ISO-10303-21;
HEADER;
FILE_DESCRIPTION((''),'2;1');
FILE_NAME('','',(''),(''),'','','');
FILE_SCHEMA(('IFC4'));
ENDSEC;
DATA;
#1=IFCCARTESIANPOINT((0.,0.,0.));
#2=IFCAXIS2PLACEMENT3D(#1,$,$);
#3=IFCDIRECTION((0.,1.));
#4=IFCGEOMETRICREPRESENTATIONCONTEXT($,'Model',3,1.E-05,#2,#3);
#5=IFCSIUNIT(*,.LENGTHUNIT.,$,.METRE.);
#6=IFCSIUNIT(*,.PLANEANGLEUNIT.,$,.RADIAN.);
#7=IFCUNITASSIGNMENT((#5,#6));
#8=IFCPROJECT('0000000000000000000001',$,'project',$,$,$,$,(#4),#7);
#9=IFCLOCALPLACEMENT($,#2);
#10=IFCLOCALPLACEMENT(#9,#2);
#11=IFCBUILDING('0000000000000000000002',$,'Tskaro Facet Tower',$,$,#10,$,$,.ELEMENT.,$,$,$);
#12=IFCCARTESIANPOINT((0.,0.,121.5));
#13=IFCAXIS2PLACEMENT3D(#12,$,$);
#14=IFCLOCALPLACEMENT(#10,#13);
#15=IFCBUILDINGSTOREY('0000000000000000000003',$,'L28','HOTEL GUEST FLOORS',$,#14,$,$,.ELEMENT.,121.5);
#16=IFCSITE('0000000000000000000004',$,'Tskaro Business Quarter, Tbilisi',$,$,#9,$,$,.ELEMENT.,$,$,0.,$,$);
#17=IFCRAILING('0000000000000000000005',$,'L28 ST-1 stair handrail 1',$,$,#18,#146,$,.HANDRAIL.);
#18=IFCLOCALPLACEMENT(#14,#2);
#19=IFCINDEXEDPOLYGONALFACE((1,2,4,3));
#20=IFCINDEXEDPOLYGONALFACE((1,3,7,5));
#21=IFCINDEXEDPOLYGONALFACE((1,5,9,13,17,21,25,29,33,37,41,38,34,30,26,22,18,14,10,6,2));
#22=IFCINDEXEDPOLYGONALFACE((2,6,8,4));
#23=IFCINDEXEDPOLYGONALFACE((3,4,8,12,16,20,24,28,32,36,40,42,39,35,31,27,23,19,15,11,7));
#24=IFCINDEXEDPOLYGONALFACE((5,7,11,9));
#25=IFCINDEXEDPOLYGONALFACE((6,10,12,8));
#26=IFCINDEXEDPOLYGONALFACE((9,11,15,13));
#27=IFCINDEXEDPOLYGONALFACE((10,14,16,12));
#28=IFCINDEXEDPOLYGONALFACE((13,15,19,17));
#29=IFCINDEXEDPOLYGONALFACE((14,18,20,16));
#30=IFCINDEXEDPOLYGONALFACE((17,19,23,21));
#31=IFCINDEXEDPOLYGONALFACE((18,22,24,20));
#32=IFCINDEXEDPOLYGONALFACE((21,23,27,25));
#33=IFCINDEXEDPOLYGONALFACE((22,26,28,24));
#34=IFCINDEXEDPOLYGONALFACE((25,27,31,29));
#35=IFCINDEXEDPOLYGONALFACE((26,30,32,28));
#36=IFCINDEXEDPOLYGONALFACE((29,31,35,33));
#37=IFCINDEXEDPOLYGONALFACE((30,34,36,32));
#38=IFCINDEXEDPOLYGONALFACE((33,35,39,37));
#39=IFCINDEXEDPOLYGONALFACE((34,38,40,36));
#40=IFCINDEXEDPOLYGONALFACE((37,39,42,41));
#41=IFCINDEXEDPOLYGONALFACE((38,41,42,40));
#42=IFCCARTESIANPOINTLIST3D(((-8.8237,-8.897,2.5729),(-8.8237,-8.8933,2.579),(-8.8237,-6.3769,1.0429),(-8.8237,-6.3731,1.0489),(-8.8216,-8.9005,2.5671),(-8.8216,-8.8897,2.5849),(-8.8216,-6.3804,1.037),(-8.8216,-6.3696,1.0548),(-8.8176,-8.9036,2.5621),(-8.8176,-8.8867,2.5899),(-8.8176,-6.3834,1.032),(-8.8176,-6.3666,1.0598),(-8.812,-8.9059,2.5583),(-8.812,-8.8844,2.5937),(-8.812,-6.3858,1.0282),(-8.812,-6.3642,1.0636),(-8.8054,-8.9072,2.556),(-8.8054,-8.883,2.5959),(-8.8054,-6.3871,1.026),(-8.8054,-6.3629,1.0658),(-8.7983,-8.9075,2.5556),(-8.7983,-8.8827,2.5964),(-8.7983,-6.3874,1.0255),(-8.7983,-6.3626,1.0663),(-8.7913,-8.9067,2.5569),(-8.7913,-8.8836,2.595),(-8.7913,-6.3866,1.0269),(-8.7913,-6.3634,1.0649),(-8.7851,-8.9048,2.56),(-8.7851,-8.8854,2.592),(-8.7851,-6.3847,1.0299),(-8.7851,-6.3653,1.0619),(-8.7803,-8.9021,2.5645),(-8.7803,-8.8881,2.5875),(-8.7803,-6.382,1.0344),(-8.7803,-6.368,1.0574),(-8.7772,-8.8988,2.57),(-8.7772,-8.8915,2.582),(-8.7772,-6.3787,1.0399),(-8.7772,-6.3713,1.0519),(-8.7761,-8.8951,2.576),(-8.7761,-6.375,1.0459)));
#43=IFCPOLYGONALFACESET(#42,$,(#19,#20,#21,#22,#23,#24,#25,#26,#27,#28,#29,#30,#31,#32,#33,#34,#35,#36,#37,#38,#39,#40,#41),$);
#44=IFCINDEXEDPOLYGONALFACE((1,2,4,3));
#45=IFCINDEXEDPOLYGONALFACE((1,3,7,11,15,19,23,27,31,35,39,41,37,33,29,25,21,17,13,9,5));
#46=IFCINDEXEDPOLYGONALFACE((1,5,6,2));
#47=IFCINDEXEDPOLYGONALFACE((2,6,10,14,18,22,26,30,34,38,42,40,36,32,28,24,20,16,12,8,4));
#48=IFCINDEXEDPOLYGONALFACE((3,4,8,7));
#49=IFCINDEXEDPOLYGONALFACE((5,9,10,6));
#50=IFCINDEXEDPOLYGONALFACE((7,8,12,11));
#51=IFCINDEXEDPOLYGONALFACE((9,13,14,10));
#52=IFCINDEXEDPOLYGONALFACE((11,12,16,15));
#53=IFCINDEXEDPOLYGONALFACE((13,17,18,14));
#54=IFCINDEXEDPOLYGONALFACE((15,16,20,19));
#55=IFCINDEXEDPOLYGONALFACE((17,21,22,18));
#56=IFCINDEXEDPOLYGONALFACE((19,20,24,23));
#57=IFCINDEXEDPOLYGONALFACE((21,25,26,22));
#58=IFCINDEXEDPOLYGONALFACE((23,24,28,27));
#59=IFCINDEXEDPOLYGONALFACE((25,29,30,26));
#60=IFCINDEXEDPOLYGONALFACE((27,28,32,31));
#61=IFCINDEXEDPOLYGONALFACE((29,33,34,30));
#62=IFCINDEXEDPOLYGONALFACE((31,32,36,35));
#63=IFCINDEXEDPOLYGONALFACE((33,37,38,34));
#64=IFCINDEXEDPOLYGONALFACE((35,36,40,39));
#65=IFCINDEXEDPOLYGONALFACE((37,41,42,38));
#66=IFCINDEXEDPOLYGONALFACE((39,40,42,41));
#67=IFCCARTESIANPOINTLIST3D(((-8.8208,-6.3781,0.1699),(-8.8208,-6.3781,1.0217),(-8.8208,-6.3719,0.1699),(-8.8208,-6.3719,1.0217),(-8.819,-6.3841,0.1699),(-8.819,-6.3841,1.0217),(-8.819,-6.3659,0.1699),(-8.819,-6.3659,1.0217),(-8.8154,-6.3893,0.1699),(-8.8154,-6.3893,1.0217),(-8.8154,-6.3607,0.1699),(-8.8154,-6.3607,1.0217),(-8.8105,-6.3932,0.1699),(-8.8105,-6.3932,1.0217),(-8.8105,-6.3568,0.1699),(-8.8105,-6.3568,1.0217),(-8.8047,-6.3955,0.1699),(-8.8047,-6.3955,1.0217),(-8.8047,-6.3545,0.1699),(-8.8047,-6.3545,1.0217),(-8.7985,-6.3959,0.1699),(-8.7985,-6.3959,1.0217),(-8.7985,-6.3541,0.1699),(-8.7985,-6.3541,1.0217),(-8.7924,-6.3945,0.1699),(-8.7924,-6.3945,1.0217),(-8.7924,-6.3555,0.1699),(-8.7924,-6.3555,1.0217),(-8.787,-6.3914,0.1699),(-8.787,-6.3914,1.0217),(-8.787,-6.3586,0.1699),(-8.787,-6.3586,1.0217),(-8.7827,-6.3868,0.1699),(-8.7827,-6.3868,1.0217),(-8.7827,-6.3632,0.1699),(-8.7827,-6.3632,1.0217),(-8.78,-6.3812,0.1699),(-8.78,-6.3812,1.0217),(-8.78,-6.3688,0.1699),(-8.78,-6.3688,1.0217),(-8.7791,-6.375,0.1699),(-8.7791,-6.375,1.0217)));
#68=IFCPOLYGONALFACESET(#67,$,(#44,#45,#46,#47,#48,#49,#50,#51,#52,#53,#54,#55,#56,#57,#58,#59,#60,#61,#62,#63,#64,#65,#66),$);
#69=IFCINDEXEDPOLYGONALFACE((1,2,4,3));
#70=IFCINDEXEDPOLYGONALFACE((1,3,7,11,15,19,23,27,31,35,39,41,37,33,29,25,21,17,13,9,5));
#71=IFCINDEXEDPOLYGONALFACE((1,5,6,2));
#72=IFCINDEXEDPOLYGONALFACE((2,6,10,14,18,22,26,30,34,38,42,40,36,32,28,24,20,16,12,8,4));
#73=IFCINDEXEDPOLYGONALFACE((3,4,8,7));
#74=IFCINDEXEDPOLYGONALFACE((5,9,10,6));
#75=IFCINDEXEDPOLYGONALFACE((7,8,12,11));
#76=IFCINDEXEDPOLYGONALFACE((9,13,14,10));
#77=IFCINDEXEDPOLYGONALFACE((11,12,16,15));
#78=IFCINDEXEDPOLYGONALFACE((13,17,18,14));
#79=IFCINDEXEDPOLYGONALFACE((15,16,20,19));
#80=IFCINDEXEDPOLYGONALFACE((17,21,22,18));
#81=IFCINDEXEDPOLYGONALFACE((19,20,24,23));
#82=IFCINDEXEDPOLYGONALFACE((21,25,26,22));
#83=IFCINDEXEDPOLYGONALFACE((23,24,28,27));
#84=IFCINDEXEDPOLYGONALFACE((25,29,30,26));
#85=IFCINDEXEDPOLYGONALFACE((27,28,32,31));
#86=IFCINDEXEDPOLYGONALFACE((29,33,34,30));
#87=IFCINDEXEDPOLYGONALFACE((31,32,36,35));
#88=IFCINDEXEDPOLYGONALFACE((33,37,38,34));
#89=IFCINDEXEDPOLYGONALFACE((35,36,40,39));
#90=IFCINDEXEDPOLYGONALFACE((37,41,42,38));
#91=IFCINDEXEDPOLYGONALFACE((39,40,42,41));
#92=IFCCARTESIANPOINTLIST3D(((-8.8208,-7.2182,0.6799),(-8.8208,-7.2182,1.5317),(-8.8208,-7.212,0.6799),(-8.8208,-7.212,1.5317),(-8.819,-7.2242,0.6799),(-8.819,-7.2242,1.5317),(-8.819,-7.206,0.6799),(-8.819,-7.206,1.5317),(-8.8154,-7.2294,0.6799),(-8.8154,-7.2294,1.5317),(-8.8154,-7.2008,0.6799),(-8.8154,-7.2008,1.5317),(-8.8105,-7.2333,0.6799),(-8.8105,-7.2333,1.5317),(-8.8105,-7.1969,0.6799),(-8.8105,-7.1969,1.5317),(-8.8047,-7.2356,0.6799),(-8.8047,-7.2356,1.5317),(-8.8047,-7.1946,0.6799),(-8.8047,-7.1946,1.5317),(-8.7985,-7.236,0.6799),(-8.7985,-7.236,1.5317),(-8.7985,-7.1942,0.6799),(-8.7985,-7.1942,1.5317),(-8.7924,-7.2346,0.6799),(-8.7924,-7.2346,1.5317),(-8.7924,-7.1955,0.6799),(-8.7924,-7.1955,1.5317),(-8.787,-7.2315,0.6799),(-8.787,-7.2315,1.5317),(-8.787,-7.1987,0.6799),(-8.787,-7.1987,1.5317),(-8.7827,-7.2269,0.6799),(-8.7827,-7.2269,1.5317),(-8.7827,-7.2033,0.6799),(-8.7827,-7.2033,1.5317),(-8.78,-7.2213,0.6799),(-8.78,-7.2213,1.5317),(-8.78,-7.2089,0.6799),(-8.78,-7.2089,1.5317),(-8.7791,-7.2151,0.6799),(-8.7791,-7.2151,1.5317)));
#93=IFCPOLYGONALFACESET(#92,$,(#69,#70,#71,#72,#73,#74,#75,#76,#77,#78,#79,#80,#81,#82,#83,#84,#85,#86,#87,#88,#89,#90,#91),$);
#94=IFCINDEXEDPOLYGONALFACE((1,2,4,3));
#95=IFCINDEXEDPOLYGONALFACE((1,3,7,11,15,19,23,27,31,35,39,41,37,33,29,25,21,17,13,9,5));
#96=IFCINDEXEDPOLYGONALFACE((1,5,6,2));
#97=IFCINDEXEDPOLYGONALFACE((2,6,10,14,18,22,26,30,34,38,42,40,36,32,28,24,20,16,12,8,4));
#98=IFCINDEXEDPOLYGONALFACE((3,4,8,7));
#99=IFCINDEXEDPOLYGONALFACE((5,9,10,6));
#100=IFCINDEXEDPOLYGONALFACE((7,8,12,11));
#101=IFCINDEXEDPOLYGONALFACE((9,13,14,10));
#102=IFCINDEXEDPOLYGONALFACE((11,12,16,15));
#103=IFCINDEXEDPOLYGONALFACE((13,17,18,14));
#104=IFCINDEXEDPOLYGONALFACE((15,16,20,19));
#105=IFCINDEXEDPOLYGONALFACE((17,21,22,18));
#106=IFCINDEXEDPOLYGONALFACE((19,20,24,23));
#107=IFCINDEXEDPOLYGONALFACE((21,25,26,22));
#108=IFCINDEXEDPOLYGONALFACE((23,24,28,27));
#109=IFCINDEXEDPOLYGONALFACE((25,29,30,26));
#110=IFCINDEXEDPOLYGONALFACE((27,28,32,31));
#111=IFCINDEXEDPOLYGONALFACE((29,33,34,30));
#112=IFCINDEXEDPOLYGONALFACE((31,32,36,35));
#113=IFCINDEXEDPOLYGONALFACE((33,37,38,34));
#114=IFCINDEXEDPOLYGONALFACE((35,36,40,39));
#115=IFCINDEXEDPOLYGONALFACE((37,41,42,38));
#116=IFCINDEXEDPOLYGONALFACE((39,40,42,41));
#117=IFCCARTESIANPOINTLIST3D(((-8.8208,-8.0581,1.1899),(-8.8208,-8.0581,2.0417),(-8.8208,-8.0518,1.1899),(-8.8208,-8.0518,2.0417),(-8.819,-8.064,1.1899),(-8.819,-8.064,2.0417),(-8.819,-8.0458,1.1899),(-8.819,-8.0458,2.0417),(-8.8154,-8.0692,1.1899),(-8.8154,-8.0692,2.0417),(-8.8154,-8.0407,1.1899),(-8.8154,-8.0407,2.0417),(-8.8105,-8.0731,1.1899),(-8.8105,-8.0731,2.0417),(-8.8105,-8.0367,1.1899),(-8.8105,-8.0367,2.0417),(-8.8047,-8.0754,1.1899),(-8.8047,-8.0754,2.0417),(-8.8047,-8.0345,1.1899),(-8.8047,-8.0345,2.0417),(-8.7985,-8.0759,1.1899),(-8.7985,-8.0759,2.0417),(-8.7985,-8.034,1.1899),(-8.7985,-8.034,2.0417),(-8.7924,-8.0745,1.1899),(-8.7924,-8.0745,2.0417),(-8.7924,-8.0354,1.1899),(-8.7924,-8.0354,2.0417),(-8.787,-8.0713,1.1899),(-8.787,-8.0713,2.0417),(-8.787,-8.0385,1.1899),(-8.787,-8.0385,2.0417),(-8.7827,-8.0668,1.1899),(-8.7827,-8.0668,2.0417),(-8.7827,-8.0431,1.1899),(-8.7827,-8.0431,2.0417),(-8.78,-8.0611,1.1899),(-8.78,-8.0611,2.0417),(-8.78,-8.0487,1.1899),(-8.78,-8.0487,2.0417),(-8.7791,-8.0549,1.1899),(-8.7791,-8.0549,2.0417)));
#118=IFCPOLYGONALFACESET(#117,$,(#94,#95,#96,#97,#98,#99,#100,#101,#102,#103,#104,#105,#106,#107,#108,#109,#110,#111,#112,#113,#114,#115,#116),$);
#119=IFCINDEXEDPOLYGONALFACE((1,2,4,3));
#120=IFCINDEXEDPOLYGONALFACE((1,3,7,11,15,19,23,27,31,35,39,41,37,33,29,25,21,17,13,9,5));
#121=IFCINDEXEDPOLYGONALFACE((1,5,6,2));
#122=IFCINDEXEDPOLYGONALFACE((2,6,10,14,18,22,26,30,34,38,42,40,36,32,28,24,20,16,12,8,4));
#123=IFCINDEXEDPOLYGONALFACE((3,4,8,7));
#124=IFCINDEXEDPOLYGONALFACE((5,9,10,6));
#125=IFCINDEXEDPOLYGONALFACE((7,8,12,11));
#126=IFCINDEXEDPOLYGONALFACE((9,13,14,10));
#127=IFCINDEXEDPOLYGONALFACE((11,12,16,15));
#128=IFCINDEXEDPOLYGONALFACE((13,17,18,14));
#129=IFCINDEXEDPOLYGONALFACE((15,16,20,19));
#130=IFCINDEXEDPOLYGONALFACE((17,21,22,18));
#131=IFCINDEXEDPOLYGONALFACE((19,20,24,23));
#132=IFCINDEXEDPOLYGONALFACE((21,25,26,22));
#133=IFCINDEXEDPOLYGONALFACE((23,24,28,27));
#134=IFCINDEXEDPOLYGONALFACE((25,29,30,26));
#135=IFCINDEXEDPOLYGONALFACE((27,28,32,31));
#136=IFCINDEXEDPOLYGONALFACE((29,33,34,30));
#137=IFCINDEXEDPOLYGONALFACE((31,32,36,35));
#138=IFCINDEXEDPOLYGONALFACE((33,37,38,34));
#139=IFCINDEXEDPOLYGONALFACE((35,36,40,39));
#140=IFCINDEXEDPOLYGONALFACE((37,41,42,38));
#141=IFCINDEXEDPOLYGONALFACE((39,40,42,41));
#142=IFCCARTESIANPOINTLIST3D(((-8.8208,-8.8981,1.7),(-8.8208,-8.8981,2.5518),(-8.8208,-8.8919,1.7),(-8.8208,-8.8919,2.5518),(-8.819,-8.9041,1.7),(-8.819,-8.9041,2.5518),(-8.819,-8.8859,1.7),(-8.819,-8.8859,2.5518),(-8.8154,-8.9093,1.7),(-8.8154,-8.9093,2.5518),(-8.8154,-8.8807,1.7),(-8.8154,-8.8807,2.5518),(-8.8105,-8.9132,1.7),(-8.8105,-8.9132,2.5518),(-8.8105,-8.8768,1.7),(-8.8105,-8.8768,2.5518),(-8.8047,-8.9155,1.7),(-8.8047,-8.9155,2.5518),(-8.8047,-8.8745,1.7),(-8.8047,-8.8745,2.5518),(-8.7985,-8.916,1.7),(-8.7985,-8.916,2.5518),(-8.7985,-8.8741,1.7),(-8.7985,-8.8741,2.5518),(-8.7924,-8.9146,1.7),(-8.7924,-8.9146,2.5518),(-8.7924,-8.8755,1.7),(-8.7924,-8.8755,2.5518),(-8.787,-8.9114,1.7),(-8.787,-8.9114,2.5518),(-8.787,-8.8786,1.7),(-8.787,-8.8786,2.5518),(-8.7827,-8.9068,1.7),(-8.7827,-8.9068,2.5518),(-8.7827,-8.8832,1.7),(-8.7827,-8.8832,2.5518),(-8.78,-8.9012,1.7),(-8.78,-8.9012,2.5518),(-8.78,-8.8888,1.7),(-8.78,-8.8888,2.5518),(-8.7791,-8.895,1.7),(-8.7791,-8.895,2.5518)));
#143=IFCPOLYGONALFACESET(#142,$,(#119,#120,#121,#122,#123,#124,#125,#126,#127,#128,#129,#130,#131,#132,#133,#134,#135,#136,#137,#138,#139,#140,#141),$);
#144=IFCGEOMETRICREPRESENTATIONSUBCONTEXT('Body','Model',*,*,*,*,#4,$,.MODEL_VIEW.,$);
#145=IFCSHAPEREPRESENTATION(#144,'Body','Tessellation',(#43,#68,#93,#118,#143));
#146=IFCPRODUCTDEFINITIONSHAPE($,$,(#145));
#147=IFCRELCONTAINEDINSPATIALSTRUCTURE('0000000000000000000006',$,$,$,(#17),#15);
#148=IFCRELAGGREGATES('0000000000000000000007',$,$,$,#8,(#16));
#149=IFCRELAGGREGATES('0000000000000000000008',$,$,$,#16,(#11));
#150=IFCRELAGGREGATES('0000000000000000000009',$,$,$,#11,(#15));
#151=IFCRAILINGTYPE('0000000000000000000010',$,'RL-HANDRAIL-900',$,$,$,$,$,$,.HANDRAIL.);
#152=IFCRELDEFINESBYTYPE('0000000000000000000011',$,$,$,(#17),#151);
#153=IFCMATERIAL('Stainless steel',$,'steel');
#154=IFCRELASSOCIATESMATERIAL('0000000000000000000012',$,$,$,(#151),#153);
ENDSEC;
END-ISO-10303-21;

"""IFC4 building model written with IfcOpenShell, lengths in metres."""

from ifc_helpers import new_model, si_unit, direction, frame, origin, origin_2d, place, context, subcontext, project, spatial, circle, extrude, material, type_object, element, save


model = new_model("IFC4")

# Units and contexts
model_context = context("Model", 3, precision=1e-05, world=origin(), true_north=direction((0.0, 1.0)))
body_context = subcontext(model_context, "Body", "Model", "MODEL_VIEW")
ifc_project = project(units=[si_unit("LENGTHUNIT", "METRE"), si_unit("PLANEANGLEUNIT", "RADIAN")], contexts=[model_context])

# Site, building, storey
site_placement = place(None, origin())
site = spatial("IfcSite", under=ifc_project, at=site_placement, Name="Tskaro Business Quarter, Tbilisi", CompositionType="ELEMENT", RefElevation=0.0)
building_placement = place(site_placement, origin())
building = spatial("IfcBuilding", under=site, at=building_placement, Name="Tskaro Facet Tower", CompositionType="ELEMENT")
storey_placement = place(building_placement, frame((0.0, 0.0, 121.5)))
storey = spatial("IfcBuildingStorey", under=building, at=storey_placement, Name="L28", Description="HOTEL GUEST FLOORS", CompositionType="ELEMENT", Elevation=121.5)

# Shared definitions
ifc_material_1 = material(Name="Stainless steel", Category="steel")

# Railing
railing_type_1 = type_object("IfcRailingType", Name="RL-HANDRAIL-900", PredefinedType="HANDRAIL", material=ifc_material_1)
railing_1_placement = place(storey_placement, frame((-8.8, -6.375, 0.1699)))
element("IfcRailing", 1, at=railing_1_placement, inside=storey, type_object=railing_type_1, Name="L28 ST-1 stair handrail 1", PredefinedType="HANDRAIL", context=body_context, shape_type="SweptSolid", body=[
    extrude(circle(Radius=0.0239, at=origin_2d()), frame((0.0, 0.0, 0.876), z_axis=(0.0, -0.854785, 0.518982), x_axis=(1.0, 0.0, 0.0)), (0.0, 0.0, 1.0), 2.9482),
    extrude(circle(Radius=0.021, at=origin_2d()), origin(), (0.0, 0.0, 1.0), 0.8518),
    extrude(circle(Radius=0.021, at=origin_2d()), frame((0.0, -0.8401, 0.51)), (0.0, 0.0, 1.0), 0.8518),
    extrude(circle(Radius=0.021, at=origin_2d()), frame((0.0, -1.6799, 1.02)), (0.0, 0.0, 1.0), 0.8518),
    extrude(circle(Radius=0.021, at=origin_2d()), frame((0.0, -2.52, 1.53)), (0.0, 0.0, 1.0), 0.8518),
])

save(model, "model.ifc")
